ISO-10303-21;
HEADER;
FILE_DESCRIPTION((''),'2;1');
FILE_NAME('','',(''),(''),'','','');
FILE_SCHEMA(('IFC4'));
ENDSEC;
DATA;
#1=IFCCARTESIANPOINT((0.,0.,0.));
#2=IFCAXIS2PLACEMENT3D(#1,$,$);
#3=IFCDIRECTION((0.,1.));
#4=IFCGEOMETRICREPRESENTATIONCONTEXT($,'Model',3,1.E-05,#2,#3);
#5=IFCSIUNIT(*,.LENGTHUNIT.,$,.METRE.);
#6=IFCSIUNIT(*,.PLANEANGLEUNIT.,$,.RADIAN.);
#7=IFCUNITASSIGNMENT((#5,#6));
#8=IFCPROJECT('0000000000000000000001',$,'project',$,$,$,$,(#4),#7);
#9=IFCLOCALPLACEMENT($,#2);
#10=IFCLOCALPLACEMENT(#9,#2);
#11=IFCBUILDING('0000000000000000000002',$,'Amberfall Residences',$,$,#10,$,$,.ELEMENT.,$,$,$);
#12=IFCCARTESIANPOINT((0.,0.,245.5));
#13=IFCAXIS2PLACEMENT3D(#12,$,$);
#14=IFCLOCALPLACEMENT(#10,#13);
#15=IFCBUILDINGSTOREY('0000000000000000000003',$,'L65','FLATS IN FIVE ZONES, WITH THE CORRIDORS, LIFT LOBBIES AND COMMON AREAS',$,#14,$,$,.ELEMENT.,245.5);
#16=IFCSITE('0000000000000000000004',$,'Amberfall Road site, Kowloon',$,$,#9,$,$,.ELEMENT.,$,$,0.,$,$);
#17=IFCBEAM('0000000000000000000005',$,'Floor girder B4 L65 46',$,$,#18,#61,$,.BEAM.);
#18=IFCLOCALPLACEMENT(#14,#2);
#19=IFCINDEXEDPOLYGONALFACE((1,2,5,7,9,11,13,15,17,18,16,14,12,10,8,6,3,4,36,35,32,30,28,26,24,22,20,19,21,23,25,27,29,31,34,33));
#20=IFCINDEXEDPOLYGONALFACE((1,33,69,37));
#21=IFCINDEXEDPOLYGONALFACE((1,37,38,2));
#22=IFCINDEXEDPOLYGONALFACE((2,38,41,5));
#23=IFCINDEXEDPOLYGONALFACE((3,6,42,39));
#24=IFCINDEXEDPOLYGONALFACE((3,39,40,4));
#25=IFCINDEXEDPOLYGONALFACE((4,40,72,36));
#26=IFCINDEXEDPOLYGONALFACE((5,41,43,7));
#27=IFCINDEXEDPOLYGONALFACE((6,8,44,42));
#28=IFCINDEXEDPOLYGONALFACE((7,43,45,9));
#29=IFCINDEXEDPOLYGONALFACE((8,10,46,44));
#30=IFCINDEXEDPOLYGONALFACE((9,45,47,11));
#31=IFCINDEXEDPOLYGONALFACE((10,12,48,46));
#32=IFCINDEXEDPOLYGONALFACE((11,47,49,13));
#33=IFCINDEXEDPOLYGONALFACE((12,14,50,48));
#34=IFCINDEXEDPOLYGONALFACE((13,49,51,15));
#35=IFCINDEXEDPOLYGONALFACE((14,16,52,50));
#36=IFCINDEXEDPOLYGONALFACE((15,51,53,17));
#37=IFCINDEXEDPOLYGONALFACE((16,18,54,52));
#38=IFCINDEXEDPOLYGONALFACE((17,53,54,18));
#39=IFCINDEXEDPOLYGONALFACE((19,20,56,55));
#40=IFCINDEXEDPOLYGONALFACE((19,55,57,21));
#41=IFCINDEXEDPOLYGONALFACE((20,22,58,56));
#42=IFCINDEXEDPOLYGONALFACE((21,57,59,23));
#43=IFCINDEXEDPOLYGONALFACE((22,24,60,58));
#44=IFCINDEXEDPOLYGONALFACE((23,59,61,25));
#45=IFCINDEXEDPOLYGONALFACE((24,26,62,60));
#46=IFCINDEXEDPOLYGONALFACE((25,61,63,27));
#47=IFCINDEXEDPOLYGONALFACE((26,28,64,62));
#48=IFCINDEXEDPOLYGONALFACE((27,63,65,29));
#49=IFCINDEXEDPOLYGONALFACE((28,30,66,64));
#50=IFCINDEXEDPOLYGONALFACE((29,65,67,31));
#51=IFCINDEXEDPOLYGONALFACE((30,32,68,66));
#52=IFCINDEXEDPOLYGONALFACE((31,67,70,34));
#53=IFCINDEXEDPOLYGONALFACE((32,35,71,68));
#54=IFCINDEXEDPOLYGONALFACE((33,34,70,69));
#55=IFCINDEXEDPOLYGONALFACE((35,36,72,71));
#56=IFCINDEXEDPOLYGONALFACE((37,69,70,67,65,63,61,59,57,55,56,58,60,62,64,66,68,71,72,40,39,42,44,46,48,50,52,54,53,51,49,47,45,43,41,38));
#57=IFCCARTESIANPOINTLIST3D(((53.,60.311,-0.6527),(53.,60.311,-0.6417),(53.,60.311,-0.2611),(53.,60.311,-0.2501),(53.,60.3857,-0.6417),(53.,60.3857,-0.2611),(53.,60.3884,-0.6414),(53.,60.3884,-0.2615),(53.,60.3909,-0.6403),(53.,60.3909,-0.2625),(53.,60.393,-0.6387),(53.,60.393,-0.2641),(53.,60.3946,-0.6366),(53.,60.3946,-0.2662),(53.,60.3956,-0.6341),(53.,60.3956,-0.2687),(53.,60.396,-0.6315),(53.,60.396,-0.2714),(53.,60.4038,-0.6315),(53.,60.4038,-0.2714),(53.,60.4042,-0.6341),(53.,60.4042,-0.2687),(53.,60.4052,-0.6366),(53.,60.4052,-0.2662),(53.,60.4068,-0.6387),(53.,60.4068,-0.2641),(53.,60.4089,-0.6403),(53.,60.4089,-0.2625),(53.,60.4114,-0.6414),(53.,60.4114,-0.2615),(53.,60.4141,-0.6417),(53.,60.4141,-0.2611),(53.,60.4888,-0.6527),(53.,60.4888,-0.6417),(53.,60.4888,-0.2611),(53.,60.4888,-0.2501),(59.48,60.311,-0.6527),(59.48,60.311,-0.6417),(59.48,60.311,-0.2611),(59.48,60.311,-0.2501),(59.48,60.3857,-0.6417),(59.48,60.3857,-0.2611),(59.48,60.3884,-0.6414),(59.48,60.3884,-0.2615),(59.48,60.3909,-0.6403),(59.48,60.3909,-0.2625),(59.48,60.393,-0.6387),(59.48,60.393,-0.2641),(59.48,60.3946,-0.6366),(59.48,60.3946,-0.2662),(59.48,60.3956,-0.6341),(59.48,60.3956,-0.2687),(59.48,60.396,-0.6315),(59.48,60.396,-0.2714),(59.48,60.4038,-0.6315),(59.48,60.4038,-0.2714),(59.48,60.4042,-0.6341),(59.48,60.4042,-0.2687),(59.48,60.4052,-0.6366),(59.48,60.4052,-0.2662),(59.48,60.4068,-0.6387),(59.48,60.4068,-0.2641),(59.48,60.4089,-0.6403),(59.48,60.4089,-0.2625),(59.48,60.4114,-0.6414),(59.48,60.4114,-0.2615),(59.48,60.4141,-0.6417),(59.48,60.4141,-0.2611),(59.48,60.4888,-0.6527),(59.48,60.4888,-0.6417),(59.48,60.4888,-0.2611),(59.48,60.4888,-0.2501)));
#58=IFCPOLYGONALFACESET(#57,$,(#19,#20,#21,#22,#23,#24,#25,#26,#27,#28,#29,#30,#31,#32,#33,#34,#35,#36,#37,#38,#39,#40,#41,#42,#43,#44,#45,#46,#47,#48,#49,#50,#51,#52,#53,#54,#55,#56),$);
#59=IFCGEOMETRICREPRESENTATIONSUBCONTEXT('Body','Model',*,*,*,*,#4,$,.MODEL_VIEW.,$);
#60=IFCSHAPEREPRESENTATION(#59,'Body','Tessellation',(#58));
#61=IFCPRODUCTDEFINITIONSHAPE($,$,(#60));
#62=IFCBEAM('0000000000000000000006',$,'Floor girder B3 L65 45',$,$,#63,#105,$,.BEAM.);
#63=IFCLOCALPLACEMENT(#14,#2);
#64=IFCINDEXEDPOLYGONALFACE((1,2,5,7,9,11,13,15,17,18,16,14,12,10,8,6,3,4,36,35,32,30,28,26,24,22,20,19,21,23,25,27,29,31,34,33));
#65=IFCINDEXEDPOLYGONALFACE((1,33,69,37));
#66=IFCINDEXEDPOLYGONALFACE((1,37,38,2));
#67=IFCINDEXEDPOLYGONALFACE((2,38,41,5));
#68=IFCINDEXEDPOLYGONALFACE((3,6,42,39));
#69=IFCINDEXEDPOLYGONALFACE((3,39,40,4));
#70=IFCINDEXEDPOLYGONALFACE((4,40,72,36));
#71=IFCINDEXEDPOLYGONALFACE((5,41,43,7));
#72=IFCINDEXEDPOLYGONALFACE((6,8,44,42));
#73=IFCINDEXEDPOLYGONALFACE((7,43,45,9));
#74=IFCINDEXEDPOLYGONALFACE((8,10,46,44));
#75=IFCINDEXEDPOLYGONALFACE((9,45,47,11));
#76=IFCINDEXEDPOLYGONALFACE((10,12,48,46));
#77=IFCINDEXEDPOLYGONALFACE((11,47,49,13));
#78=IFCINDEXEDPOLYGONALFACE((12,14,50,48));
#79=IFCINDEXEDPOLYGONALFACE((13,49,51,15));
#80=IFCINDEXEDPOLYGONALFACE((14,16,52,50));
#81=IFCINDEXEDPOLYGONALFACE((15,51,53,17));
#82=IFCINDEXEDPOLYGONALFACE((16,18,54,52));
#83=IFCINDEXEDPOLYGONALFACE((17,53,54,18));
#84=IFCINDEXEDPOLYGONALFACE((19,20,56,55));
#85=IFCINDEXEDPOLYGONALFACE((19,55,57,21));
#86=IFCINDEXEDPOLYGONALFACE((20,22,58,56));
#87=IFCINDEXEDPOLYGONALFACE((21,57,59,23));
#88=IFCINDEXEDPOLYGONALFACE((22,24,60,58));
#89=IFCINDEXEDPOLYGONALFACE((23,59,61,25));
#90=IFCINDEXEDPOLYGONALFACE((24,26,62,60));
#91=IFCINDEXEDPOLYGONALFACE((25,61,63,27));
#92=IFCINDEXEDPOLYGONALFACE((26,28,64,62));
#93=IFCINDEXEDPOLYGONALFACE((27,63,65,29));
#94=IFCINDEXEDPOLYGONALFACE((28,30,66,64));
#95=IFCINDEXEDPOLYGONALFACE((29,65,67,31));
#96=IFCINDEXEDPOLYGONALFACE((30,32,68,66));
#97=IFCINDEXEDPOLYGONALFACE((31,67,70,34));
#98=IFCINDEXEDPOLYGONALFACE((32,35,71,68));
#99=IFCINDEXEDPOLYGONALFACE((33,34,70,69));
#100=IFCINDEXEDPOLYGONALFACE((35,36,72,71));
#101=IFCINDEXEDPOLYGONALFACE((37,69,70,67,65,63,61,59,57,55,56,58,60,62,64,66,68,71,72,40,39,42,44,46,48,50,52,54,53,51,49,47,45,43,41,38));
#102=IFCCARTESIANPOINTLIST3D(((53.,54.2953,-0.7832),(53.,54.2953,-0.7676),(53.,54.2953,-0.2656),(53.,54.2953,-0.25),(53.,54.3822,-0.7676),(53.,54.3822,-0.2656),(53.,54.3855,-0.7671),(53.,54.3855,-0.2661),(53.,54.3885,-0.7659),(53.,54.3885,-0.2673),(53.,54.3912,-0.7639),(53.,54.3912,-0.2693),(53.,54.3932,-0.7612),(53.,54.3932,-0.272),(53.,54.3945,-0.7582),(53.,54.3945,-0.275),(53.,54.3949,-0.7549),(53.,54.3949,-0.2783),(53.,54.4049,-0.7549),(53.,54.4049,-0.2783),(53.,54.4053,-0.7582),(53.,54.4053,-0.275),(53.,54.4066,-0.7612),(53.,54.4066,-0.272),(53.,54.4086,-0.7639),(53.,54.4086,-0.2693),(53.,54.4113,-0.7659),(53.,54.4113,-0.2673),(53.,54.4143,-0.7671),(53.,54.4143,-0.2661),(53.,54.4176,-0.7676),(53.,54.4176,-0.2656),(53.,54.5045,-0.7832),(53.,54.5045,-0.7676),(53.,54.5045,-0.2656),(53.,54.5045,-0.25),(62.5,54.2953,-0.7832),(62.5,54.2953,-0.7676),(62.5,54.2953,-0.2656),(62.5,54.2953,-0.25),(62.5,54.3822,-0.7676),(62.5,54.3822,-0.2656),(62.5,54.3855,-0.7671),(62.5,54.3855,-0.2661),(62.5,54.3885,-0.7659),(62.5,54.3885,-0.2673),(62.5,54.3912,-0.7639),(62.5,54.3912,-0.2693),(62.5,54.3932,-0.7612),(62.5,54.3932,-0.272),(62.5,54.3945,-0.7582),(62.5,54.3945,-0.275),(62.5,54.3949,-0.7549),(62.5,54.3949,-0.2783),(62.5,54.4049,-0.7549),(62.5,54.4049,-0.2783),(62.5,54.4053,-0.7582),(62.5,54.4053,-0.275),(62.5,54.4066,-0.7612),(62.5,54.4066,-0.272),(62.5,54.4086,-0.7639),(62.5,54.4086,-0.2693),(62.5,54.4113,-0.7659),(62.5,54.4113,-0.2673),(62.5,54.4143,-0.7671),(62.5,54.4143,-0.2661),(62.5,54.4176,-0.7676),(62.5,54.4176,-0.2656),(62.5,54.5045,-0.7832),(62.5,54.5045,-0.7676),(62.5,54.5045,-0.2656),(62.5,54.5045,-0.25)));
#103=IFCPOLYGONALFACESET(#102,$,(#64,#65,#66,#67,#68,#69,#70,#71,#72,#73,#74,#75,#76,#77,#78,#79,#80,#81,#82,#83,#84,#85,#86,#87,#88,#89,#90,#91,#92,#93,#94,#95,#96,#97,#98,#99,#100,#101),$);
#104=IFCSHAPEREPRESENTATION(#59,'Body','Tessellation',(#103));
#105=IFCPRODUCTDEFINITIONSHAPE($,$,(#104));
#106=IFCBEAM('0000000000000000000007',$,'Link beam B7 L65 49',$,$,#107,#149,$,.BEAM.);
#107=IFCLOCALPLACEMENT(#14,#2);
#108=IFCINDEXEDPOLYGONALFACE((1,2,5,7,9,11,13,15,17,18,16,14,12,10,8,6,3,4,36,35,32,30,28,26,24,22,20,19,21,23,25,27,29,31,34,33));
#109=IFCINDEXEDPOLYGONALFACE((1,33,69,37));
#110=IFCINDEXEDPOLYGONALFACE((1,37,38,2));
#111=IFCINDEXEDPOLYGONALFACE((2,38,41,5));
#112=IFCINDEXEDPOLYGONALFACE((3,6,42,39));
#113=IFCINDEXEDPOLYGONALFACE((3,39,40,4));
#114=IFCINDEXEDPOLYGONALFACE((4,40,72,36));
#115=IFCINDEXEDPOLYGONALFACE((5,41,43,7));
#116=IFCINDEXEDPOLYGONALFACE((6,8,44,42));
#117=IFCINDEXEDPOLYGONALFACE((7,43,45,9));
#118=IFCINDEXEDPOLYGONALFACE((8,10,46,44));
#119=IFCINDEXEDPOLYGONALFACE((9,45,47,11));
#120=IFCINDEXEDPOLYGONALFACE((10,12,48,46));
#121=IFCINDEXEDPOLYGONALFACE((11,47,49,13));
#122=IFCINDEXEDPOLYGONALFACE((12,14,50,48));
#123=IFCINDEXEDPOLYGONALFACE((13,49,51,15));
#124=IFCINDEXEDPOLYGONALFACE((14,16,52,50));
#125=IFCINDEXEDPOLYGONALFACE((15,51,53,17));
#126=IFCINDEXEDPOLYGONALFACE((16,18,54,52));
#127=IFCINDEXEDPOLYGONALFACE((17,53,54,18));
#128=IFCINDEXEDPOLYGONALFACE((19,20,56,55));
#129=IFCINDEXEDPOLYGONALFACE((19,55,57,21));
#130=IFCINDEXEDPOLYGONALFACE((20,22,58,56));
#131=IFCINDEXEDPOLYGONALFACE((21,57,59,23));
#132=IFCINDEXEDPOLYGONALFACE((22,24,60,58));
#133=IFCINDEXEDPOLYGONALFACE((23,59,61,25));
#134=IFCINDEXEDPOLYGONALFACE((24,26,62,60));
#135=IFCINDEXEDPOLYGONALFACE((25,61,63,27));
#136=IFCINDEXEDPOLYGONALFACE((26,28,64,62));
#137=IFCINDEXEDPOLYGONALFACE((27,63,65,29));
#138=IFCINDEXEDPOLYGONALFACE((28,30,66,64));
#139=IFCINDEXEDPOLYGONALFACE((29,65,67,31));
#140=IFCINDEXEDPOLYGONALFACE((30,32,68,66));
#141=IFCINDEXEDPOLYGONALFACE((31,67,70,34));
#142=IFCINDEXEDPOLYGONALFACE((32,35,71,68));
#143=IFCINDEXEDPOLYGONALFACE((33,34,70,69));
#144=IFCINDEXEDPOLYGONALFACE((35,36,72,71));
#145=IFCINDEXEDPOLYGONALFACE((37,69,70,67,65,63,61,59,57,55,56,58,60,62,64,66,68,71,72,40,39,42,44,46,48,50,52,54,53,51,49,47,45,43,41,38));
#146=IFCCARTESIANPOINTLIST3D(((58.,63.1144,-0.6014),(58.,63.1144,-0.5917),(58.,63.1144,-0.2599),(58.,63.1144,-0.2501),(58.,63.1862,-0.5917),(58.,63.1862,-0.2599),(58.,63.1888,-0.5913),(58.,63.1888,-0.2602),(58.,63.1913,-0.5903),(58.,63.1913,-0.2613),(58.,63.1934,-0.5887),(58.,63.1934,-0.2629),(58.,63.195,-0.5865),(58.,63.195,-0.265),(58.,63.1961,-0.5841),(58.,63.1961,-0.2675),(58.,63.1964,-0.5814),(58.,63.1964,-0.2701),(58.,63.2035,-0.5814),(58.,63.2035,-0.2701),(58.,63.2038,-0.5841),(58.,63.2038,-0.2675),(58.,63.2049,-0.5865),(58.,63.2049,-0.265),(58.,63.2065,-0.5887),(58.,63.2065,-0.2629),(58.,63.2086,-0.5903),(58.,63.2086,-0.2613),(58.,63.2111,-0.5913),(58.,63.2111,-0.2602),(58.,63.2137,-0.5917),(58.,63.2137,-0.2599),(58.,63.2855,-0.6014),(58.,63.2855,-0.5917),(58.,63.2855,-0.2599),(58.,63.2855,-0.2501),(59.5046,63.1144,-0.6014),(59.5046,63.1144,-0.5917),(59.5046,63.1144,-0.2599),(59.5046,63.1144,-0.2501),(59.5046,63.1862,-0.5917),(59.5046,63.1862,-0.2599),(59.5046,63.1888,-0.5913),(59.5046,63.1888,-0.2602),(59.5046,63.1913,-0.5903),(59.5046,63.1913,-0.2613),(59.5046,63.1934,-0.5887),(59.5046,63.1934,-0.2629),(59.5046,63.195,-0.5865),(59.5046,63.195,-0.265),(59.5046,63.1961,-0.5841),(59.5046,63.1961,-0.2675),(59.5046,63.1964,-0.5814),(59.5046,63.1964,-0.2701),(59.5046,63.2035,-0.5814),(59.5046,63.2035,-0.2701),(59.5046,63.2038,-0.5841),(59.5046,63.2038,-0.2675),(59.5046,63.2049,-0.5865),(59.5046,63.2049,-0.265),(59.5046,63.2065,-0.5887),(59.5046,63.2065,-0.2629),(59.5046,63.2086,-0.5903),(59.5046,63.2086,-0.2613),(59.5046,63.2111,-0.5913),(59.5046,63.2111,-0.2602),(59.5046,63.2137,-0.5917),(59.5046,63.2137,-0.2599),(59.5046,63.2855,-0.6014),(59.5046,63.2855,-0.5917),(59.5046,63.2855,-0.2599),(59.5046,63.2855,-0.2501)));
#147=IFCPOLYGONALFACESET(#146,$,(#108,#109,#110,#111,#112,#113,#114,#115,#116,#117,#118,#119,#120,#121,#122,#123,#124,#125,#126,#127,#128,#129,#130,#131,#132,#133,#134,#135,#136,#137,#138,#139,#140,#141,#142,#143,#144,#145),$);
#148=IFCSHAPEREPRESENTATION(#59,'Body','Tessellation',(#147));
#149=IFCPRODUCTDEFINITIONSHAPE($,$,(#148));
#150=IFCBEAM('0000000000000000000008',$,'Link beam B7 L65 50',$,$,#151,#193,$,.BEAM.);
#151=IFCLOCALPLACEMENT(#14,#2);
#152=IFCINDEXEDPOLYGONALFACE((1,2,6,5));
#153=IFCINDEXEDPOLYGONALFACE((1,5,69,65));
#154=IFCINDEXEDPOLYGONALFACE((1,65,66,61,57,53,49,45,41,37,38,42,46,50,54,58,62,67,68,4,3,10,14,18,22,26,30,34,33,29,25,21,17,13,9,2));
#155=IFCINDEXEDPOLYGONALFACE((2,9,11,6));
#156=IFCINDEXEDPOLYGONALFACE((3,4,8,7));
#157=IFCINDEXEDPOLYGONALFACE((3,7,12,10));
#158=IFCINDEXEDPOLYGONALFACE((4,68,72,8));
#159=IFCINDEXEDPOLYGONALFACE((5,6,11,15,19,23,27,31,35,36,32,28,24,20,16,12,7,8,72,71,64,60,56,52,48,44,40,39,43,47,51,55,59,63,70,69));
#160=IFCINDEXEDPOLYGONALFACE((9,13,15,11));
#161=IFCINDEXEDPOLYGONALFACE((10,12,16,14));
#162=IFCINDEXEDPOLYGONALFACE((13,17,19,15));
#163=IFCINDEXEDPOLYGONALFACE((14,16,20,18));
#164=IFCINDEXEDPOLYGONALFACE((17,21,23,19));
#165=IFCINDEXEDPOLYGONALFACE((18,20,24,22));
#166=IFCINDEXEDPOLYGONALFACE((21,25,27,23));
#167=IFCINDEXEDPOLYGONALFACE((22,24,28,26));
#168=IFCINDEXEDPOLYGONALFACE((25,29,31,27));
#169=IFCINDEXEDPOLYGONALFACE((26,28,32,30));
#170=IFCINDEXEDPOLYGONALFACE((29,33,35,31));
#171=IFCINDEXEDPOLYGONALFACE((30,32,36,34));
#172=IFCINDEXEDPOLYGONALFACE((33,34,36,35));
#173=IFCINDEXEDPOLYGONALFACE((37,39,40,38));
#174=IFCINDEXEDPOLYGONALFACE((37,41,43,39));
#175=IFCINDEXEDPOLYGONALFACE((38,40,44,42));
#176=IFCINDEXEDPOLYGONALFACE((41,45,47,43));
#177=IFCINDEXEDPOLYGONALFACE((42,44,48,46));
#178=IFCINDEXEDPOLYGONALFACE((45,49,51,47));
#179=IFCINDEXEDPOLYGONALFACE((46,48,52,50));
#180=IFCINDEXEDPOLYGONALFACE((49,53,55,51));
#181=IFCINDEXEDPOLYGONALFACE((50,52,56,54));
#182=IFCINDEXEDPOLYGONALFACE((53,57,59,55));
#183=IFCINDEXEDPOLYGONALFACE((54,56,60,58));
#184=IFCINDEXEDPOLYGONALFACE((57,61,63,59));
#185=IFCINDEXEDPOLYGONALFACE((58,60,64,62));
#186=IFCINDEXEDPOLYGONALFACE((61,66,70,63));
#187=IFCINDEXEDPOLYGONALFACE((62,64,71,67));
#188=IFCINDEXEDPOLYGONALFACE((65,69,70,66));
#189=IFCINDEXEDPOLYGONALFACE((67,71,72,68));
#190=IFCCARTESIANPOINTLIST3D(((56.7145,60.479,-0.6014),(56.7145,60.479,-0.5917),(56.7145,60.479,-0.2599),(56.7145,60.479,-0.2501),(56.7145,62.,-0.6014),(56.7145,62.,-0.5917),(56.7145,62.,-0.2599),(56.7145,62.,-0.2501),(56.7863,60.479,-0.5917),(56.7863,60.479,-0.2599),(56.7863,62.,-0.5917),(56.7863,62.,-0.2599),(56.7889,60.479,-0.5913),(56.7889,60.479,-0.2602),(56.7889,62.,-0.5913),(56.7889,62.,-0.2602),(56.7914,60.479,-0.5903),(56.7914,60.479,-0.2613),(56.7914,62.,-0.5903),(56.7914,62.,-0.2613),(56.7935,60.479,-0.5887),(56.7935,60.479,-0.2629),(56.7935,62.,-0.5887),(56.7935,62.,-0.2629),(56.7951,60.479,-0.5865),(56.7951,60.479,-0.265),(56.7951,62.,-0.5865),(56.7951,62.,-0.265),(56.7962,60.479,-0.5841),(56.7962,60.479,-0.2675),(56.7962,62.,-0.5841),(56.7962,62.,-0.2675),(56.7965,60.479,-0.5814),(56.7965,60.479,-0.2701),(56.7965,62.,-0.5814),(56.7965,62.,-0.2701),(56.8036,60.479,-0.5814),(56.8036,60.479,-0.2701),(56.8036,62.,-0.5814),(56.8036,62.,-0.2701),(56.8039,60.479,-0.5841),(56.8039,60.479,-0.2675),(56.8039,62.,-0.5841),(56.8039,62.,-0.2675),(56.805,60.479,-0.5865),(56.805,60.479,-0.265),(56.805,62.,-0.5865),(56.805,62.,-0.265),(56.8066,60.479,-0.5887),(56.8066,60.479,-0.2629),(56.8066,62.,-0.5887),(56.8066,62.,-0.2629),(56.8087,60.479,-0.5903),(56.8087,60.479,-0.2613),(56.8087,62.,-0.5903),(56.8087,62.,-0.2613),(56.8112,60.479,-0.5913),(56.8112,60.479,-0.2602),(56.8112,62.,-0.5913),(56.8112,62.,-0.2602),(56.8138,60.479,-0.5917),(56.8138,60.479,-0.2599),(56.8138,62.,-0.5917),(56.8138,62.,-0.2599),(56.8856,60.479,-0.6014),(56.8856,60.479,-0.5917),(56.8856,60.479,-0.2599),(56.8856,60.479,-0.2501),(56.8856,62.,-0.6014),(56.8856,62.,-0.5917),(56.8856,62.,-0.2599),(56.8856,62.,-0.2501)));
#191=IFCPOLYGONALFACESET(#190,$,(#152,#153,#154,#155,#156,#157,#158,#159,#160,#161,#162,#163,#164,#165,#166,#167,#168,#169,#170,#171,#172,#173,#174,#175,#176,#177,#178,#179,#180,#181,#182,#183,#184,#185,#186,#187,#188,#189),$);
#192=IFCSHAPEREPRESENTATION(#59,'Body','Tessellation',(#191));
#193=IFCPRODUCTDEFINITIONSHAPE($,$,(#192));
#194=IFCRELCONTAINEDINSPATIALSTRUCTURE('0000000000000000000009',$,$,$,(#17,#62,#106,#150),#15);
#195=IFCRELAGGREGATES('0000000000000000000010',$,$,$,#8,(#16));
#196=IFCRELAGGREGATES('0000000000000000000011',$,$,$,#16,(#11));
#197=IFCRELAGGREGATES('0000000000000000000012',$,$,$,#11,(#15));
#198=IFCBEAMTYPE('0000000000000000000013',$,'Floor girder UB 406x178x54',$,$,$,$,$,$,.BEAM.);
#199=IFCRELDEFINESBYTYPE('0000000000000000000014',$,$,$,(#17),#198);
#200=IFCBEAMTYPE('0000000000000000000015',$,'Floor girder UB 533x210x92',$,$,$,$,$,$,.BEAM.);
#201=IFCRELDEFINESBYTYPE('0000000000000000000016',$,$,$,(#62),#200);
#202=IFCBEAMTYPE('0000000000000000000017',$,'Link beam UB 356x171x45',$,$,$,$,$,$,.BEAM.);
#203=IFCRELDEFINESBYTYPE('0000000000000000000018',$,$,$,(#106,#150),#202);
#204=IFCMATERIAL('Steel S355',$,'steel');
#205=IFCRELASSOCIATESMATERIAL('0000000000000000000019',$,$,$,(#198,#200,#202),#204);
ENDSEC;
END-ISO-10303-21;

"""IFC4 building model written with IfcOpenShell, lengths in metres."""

from ifc_helpers import new_model, si_unit, direction, frame, origin, origin_2d, place, context, subcontext, project, spatial, i_section, extrude, material, material_profile, profile_set, type_object, element, save


model = new_model("IFC4")

# Units and contexts
model_context = context("Model", 3, precision=1e-05, world=origin(), true_north=direction((0.0, 1.0)))
body_context = subcontext(model_context, "Body", "Model", "MODEL_VIEW")
ifc_project = project(units=[si_unit("LENGTHUNIT", "METRE"), si_unit("PLANEANGLEUNIT", "RADIAN")], contexts=[model_context])

# Site, building, storey
site_placement = place(None, origin())
site = spatial("IfcSite", under=ifc_project, at=site_placement, Name="Amberfall Road site, Kowloon", CompositionType="ELEMENT", RefElevation=0.0)
building_placement = place(site_placement, origin())
building = spatial("IfcBuilding", under=site, at=building_placement, Name="Amberfall Residences", CompositionType="ELEMENT")
storey_placement = place(building_placement, frame((0.0, 0.0, 245.5)))
storey = spatial("IfcBuildingStorey", under=building, at=storey_placement, Name="L65", Description="FLATS IN FIVE ZONES, WITH THE CORRIDORS, LIFT LOBBIES AND COMMON AREAS", CompositionType="ELEMENT", Elevation=245.5)

# Shared definitions
ifc_material_1 = material(Name="Steel S355", Category="steel")

# Beams
ifc_material_profile_1 = material_profile(ifc_material_1, i_section(OverallWidth=0.1777, OverallDepth=0.4026, WebThickness=0.0078, FlangeThickness=0.011, FilletRadius=0.0103, at=origin_2d()), Name="UB 406x178x54")
ifc_profile_set_1 = profile_set([ifc_material_profile_1], Name="Steel S355")
beam_type_1 = type_object("IfcBeamType", Name="Floor girder UB 406x178x54", PredefinedType="BEAM", material=ifc_profile_set_1)
beam_1_placement = place(storey_placement, frame((53.0, 60.3999, -0.4514), z_axis=(1.0, 0.0, 0.0), x_axis=(0.0, 1.0, 0.0)))
element("IfcBeam", 1, at=beam_1_placement, inside=storey, type_object=beam_type_1, Name="Floor girder B4 L65 46", PredefinedType="BEAM", context=body_context, shape_type="SweptSolid", body=[
    extrude(i_section(OverallWidth=0.1777, OverallDepth=0.4026, WebThickness=0.0078, FlangeThickness=0.011, FilletRadius=0.0103, at=origin_2d()), origin(), (0.0, 0.0, 1.0), 6.48),
])
ifc_material_profile_2 = material_profile(ifc_material_1, i_section(OverallWidth=0.2092, OverallDepth=0.5332, WebThickness=0.01, FlangeThickness=0.0156, FilletRadius=0.0127, at=origin_2d()), Name="UB 533x210x92")
ifc_profile_set_2 = profile_set([ifc_material_profile_2], Name="Steel S355")
beam_type_2 = type_object("IfcBeamType", Name="Floor girder UB 533x210x92", PredefinedType="BEAM", material=ifc_profile_set_2)
beam_2_placement = place(storey_placement, frame((53.0, 54.3999, -0.5166), z_axis=(1.0, 0.0, 0.0), x_axis=(0.0, 1.0, 0.0)))
element("IfcBeam", 2, at=beam_2_placement, inside=storey, type_object=beam_type_2, Name="Floor girder B3 L65 45", PredefinedType="BEAM", context=body_context, shape_type="SweptSolid", body=[
    extrude(i_section(OverallWidth=0.2092, OverallDepth=0.5332, WebThickness=0.01, FlangeThickness=0.0156, FilletRadius=0.0127, at=origin_2d()), origin(), (0.0, 0.0, 1.0), 9.5),
])
ifc_material_profile_3 = material_profile(ifc_material_1, i_section(OverallWidth=0.1711, OverallDepth=0.3513, WebThickness=0.0071, FlangeThickness=0.0098, FilletRadius=0.0103, at=origin_2d()), Name="UB 356x171x45")
ifc_profile_set_3 = profile_set([ifc_material_profile_3], Name="Steel S355")
beam_type_3 = type_object("IfcBeamType", Name="Link beam UB 356x171x45", PredefinedType="BEAM", material=ifc_profile_set_3)
beam_3_placement = place(storey_placement, frame((58.0, 63.2, -0.4258), z_axis=(1.0, 0.0, 0.0), x_axis=(0.0, 1.0, 0.0)))
element("IfcBeam", 3, at=beam_3_placement, inside=storey, type_object=beam_type_3, Name="Link beam B7 L65 49", PredefinedType="BEAM", context=body_context, shape_type="SweptSolid", body=[
    extrude(i_section(OverallWidth=0.1711, OverallDepth=0.3513, WebThickness=0.0071, FlangeThickness=0.0098, FilletRadius=0.0103, at=origin_2d()), origin(), (0.0, 0.0, 1.0), 1.5046),
])
beam_4_placement = place(storey_placement, frame((56.8, 62.0, -0.4258), z_axis=(0.0, -1.0, 0.0), x_axis=(1.0, 0.0, 0.0)))
element("IfcBeam", 4, at=beam_4_placement, inside=storey, type_object=beam_type_3, Name="Link beam B7 L65 50", PredefinedType="BEAM", context=body_context, shape_type="SweptSolid", body=[
    extrude(i_section(OverallWidth=0.1711, OverallDepth=0.3513, WebThickness=0.0071, FlangeThickness=0.0098, FilletRadius=0.0103, at=origin_2d()), origin(), (0.0, 0.0, 1.0), 1.521),
])

save(model, "model.ifc")
